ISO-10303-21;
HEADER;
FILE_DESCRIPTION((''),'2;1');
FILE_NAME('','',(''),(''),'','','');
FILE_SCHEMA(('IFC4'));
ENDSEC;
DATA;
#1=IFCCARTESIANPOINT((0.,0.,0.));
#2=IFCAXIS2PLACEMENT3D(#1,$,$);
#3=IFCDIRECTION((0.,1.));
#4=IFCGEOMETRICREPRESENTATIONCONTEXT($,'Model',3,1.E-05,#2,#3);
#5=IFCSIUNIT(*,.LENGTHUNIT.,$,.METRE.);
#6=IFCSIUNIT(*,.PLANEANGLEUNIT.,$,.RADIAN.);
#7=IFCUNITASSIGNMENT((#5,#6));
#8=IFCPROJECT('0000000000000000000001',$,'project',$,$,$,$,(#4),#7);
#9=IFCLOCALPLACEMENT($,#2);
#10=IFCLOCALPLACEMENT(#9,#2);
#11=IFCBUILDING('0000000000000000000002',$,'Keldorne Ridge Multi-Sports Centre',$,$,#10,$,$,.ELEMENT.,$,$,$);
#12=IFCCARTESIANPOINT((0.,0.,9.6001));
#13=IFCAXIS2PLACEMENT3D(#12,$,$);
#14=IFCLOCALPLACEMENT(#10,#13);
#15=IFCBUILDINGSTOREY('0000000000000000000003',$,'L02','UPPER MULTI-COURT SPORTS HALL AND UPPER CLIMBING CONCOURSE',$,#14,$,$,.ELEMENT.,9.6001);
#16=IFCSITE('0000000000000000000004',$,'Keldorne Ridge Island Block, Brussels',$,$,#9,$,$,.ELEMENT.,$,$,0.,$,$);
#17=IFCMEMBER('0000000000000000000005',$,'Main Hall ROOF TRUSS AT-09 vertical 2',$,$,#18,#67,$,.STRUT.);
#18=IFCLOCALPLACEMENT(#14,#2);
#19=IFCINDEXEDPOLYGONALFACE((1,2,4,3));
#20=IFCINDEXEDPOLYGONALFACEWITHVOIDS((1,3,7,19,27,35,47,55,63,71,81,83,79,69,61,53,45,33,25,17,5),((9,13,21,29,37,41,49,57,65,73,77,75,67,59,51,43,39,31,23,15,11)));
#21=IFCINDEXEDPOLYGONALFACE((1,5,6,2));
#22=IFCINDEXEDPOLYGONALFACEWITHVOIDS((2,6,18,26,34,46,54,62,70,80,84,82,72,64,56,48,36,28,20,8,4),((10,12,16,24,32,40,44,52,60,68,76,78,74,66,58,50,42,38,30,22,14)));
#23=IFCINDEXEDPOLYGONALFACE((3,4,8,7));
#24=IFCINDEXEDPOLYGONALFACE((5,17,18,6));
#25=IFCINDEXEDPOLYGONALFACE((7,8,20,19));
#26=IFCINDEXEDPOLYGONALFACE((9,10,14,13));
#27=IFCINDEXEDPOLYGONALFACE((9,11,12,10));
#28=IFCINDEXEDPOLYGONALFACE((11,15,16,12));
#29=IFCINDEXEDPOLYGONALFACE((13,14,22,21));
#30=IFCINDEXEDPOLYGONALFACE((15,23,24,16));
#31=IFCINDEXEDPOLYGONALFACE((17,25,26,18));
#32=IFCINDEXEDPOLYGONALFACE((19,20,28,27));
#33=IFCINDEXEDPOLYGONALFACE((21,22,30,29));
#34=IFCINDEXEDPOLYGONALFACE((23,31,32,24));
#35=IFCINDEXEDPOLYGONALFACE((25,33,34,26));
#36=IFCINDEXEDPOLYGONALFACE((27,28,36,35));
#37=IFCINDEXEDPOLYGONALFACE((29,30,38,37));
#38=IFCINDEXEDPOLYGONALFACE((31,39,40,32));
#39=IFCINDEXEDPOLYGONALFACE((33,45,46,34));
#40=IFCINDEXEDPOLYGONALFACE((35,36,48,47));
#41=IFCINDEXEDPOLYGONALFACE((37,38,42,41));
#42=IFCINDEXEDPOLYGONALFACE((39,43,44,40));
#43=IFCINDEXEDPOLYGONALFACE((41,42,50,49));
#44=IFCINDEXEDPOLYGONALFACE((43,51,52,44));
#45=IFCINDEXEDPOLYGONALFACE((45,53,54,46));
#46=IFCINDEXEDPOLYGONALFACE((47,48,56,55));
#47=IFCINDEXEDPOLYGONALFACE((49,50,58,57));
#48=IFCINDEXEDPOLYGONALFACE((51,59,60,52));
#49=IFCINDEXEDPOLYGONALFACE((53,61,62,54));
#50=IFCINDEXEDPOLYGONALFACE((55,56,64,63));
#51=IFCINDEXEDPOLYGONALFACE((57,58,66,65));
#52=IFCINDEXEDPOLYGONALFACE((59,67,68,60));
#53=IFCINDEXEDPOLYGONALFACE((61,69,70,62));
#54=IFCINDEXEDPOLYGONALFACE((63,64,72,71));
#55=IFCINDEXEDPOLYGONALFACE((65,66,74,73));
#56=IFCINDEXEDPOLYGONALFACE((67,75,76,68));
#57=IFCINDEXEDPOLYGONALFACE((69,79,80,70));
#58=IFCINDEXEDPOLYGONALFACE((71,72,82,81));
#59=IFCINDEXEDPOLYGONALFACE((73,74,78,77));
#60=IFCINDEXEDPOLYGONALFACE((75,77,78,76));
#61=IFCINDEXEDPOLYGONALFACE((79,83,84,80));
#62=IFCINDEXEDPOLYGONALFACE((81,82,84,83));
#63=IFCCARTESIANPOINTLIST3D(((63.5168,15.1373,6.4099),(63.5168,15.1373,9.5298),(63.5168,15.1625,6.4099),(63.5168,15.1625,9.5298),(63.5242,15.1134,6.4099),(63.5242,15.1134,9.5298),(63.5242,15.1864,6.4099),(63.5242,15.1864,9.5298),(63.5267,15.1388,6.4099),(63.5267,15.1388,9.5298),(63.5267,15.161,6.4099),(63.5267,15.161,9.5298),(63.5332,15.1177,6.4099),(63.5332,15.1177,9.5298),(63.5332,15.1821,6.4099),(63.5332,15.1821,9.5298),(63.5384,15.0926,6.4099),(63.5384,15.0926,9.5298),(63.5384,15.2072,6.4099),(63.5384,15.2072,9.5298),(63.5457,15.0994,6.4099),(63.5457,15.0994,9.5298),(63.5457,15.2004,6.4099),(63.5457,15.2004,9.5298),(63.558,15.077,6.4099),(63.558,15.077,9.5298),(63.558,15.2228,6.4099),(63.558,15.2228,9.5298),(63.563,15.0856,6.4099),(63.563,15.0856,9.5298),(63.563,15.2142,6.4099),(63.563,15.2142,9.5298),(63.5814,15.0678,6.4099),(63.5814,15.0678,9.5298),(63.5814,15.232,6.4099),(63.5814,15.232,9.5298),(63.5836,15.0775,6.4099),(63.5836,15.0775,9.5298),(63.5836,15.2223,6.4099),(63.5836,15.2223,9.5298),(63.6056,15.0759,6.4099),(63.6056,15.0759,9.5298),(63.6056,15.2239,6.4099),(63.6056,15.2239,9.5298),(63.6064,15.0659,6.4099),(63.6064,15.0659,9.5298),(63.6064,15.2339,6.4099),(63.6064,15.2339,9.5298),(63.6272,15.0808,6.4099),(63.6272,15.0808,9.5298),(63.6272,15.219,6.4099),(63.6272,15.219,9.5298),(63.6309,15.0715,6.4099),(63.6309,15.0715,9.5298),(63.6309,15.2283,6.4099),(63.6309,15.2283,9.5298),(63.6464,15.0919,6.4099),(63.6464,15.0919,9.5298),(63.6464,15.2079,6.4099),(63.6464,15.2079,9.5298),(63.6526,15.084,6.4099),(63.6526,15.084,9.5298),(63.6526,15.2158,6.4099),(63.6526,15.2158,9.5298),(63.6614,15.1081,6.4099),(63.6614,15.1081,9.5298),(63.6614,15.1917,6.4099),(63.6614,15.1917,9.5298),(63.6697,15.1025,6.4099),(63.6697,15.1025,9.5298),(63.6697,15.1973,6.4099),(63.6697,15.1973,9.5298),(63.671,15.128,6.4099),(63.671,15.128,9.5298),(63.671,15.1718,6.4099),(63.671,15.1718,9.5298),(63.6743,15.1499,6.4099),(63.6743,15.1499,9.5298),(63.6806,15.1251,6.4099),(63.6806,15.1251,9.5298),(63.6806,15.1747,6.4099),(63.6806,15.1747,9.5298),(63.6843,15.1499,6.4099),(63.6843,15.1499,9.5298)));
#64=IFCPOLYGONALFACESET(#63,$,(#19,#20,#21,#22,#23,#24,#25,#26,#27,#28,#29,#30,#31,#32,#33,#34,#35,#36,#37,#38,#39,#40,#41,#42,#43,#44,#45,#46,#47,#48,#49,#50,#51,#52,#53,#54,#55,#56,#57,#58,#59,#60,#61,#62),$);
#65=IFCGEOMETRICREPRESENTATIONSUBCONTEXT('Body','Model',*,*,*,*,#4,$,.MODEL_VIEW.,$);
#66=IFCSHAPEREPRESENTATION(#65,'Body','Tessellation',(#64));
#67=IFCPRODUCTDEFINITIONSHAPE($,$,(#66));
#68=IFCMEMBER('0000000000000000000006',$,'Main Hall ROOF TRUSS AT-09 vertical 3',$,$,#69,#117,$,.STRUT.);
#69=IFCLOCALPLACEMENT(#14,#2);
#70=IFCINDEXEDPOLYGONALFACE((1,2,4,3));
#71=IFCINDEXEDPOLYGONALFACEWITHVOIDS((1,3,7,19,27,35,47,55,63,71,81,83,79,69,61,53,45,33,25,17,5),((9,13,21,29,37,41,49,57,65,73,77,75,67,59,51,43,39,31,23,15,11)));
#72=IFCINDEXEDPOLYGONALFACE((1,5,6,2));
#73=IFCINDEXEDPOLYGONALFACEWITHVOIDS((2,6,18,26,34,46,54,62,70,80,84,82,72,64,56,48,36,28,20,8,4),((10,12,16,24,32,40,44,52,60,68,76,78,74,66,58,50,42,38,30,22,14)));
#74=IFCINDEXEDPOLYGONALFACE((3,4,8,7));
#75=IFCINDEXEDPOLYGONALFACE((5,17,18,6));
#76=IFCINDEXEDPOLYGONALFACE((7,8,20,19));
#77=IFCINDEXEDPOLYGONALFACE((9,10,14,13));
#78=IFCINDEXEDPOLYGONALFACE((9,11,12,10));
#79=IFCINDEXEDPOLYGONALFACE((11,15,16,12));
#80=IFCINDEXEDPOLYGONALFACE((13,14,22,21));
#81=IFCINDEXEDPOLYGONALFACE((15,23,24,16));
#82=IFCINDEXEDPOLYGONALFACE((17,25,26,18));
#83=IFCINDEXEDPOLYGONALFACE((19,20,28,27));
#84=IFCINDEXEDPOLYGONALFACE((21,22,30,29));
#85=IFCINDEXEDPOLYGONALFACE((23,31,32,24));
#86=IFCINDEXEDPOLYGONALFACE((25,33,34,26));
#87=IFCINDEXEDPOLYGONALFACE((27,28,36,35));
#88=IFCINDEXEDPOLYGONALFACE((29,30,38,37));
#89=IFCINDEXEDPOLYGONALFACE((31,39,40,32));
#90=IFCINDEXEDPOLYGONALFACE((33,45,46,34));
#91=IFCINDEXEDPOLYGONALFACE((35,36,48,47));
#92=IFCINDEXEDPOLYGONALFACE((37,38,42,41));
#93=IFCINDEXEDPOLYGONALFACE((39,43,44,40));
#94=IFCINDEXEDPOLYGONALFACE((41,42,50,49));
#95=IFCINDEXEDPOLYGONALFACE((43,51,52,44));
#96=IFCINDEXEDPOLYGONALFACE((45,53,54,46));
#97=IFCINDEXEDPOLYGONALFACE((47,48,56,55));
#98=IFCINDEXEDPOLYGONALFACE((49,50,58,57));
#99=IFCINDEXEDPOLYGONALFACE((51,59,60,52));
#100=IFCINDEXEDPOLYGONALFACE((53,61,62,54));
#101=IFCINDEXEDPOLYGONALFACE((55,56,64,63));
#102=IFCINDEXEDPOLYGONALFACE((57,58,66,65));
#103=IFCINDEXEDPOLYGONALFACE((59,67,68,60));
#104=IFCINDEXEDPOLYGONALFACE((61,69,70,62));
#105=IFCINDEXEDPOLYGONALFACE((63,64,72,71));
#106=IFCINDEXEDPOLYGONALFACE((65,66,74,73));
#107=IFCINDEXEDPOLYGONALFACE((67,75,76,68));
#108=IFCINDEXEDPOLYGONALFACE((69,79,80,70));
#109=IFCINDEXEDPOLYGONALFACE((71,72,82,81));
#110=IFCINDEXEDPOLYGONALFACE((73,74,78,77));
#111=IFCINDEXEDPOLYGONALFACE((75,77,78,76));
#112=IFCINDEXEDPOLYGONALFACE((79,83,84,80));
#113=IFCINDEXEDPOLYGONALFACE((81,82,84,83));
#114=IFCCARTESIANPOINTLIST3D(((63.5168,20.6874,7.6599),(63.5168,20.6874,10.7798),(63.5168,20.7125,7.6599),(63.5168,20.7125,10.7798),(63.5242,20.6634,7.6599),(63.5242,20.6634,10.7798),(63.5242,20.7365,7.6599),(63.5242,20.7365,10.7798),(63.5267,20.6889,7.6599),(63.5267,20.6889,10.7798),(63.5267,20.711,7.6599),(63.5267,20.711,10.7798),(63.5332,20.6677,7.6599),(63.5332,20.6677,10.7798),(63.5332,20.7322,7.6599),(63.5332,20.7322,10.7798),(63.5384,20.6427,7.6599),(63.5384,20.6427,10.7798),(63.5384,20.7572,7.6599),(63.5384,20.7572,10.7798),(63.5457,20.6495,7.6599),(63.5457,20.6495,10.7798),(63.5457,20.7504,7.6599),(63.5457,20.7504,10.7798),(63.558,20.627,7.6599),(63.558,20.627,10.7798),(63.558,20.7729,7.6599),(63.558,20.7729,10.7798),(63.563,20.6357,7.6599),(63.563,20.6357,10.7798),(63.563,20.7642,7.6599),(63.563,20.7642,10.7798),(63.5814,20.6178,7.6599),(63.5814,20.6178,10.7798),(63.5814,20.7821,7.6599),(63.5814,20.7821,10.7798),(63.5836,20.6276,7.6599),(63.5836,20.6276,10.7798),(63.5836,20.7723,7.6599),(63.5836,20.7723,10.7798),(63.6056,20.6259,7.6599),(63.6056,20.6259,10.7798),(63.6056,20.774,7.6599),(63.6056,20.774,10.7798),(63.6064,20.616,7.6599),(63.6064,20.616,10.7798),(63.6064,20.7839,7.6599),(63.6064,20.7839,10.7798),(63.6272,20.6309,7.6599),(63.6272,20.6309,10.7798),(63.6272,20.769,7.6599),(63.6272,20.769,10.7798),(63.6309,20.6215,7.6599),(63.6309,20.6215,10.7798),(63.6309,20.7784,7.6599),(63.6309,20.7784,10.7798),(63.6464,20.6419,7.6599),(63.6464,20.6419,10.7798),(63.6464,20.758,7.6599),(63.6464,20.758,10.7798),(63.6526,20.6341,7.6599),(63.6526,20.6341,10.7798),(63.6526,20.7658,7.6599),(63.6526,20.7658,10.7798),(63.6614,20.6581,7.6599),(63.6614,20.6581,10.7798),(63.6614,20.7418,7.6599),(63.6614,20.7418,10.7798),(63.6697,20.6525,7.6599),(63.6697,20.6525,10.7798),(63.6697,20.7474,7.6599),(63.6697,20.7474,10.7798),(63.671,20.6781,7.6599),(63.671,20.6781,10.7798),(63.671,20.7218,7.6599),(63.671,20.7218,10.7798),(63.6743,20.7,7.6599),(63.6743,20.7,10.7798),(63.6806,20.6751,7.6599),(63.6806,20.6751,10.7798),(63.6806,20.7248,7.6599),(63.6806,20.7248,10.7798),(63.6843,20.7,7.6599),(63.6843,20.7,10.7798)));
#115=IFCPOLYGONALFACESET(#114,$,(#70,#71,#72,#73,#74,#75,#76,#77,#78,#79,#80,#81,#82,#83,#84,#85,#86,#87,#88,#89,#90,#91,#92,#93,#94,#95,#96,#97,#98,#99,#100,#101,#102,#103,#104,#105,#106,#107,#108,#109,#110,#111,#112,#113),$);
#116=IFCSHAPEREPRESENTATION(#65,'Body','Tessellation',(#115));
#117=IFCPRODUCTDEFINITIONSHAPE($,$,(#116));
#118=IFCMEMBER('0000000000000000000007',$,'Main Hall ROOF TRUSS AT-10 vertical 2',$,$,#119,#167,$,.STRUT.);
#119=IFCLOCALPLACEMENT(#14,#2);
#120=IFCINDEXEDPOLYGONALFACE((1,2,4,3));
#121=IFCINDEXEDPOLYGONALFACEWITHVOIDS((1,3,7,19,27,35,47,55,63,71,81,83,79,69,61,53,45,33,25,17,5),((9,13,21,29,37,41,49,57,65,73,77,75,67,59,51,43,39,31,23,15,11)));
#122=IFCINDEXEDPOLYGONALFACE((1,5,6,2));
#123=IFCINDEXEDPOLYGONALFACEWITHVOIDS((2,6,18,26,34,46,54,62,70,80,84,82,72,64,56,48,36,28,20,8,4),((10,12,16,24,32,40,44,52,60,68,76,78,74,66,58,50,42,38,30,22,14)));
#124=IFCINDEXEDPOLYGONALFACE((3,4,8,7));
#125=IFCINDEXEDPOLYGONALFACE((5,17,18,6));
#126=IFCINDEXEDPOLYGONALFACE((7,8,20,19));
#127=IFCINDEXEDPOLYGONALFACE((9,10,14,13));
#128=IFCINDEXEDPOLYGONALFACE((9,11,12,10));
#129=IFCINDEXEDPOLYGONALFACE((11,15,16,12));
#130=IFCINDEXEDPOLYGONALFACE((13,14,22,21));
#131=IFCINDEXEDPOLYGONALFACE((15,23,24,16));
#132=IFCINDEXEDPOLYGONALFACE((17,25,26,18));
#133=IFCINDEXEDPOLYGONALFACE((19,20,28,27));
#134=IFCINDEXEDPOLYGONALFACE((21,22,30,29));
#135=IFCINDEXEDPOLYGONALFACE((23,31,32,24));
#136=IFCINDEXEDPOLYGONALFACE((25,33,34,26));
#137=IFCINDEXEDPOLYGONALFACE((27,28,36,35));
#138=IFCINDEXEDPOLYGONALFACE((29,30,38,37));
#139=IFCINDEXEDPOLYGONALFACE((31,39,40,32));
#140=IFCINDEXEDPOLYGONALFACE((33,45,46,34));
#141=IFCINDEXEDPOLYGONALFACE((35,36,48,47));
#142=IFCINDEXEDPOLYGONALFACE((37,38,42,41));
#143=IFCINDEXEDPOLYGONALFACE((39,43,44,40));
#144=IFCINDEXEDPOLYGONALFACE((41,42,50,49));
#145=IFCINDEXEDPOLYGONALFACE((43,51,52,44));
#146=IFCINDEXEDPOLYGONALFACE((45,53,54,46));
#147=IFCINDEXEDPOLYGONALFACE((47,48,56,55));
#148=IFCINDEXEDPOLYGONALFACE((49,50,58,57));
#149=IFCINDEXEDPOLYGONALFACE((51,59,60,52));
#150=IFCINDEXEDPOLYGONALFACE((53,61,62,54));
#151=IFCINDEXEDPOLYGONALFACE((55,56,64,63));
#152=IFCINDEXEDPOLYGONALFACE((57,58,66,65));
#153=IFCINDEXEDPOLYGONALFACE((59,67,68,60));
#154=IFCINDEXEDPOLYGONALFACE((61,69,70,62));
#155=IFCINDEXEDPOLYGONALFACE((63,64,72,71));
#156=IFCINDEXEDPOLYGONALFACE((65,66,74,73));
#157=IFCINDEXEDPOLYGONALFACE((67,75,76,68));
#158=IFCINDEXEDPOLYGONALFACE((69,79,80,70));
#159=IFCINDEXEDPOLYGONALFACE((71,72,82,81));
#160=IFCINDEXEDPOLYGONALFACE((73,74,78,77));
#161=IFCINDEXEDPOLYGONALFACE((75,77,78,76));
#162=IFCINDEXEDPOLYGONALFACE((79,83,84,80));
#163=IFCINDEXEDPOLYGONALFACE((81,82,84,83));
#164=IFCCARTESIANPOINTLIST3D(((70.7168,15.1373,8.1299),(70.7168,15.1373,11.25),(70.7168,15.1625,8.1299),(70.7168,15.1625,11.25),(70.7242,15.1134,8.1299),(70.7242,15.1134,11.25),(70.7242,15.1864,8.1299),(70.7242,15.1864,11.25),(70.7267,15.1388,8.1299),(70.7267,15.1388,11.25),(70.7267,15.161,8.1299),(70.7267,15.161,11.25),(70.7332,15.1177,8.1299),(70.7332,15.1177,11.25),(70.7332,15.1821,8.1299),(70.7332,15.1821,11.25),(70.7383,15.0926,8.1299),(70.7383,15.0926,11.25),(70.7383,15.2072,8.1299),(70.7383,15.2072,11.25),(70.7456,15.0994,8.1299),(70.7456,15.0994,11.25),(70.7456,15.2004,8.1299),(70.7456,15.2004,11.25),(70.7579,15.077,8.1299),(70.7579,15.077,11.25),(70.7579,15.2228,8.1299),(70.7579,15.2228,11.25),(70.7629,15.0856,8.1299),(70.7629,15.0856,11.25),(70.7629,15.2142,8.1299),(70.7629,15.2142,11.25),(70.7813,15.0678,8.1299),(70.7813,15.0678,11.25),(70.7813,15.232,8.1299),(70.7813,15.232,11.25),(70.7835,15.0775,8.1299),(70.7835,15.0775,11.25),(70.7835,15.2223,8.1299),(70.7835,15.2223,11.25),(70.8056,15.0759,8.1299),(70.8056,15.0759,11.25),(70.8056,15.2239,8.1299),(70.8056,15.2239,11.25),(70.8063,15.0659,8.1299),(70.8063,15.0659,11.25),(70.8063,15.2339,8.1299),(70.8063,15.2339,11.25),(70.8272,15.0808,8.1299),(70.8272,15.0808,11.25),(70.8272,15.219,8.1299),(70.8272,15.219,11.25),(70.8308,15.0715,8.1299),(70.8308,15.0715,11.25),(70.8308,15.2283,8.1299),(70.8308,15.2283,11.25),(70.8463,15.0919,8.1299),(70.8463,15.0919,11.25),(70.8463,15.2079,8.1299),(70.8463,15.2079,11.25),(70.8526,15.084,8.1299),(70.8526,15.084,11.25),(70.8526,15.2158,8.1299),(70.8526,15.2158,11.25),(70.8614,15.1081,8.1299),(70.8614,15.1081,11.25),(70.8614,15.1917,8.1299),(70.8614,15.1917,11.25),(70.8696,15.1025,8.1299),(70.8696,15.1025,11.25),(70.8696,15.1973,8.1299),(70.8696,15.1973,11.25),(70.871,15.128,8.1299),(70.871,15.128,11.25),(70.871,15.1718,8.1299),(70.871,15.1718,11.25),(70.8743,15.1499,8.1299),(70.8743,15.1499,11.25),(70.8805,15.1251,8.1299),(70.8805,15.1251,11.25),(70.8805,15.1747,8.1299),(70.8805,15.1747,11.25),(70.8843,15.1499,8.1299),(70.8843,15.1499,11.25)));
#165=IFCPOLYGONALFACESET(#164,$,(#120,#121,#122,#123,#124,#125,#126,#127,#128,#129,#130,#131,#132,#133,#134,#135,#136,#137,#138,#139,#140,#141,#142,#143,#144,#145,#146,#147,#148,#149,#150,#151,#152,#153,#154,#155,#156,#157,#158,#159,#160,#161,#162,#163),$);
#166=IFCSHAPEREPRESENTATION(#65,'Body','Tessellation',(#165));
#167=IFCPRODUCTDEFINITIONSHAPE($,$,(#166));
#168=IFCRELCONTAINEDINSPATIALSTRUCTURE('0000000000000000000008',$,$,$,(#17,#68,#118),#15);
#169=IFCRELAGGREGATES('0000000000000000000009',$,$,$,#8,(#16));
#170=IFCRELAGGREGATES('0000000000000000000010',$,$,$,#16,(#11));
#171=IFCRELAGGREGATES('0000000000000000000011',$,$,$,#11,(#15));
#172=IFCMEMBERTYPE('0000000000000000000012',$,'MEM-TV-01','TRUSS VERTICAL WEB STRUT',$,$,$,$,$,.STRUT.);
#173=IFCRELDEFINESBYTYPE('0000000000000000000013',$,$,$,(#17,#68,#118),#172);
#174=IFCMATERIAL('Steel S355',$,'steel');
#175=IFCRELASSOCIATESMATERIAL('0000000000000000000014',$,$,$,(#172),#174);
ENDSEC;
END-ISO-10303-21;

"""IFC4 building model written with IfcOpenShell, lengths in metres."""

from ifc_helpers import new_model, si_unit, direction, frame, origin, origin_2d, place, context, subcontext, project, spatial, hollow_circle, extrude, material, material_profile, profile_set, type_object, element, save


model = new_model("IFC4")

# Units and contexts
model_context = context("Model", 3, precision=1e-05, world=origin(), true_north=direction((0.0, 1.0)))
body_context = subcontext(model_context, "Body", "Model", "MODEL_VIEW")
ifc_project = project(units=[si_unit("LENGTHUNIT", "METRE"), si_unit("PLANEANGLEUNIT", "RADIAN")], contexts=[model_context])

# Site, building, storey
site_placement = place(None, origin())
site = spatial("IfcSite", under=ifc_project, at=site_placement, Name="Keldorne Ridge Island Block, Brussels", CompositionType="ELEMENT", RefElevation=0.0)
building_placement = place(site_placement, origin())
building = spatial("IfcBuilding", under=site, at=building_placement, Name="Keldorne Ridge Multi-Sports Centre", CompositionType="ELEMENT")
storey_placement = place(building_placement, frame((0.0, 0.0, 9.6001)))
storey = spatial("IfcBuildingStorey", under=building, at=storey_placement, Name="L02", Description="UPPER MULTI-COURT SPORTS HALL AND UPPER CLIMBING CONCOURSE", CompositionType="ELEMENT", Elevation=9.6001)

# Shared definitions
ifc_material = material(Name="Steel S355", Category="steel")

# Members
ifc_material_profile_1 = material_profile(ifc_material, hollow_circle(Radius=0.0842, WallThickness=0.01, at=origin_2d()), Name="CHS 168.3x10")
ifc_profile_set_1 = profile_set([ifc_material_profile_1], Name="Steel S355")
member_type_1 = type_object("IfcMemberType", Name="MEM-TV-01", Description="TRUSS VERTICAL WEB STRUT", PredefinedType="STRUT", material=ifc_profile_set_1)
for number, where, z_axis, x_axis, name in (
    (1, (63.6001, 15.1499, 6.4099), (0.0, 0.0, 1.0), (1.0, 0.0, 0.0), "Main Hall ROOF TRUSS AT-09 vertical 2"),
    (2, (63.6001, 20.7, 7.6599), (0.0, 0.0, 1.0), (1.0, 0.0, 0.0), "Main Hall ROOF TRUSS AT-09 vertical 3"),
):
    element("IfcMember", number, at=place(storey_placement, frame(where, z_axis=z_axis, x_axis=x_axis)), inside=storey, type_object=member_type_1, Name=name, PredefinedType="STRUT", context=body_context, shape_type="SweptSolid", body=[
        extrude(hollow_circle(Radius=0.0842, WallThickness=0.01, at=origin_2d()), origin(), (0.0, 0.0, 1.0), 3.1199),
    ])
for number, where, z_axis, x_axis, name in (
    (3, (70.8, 15.1499, 8.1299), (0.0, 0.0, 1.0), (1.0, 0.0, 0.0), "Main Hall ROOF TRUSS AT-10 vertical 2"),
):
    element("IfcMember", number, at=place(storey_placement, frame(where, z_axis=z_axis, x_axis=x_axis)), inside=storey, type_object=member_type_1, Name=name, PredefinedType="STRUT", context=body_context, shape_type="SweptSolid", body=[
        extrude(hollow_circle(Radius=0.0842, WallThickness=0.01, at=origin_2d()), origin(), (0.0, 0.0, 1.0), 3.1201),
    ])

save(model, "model.ifc")
